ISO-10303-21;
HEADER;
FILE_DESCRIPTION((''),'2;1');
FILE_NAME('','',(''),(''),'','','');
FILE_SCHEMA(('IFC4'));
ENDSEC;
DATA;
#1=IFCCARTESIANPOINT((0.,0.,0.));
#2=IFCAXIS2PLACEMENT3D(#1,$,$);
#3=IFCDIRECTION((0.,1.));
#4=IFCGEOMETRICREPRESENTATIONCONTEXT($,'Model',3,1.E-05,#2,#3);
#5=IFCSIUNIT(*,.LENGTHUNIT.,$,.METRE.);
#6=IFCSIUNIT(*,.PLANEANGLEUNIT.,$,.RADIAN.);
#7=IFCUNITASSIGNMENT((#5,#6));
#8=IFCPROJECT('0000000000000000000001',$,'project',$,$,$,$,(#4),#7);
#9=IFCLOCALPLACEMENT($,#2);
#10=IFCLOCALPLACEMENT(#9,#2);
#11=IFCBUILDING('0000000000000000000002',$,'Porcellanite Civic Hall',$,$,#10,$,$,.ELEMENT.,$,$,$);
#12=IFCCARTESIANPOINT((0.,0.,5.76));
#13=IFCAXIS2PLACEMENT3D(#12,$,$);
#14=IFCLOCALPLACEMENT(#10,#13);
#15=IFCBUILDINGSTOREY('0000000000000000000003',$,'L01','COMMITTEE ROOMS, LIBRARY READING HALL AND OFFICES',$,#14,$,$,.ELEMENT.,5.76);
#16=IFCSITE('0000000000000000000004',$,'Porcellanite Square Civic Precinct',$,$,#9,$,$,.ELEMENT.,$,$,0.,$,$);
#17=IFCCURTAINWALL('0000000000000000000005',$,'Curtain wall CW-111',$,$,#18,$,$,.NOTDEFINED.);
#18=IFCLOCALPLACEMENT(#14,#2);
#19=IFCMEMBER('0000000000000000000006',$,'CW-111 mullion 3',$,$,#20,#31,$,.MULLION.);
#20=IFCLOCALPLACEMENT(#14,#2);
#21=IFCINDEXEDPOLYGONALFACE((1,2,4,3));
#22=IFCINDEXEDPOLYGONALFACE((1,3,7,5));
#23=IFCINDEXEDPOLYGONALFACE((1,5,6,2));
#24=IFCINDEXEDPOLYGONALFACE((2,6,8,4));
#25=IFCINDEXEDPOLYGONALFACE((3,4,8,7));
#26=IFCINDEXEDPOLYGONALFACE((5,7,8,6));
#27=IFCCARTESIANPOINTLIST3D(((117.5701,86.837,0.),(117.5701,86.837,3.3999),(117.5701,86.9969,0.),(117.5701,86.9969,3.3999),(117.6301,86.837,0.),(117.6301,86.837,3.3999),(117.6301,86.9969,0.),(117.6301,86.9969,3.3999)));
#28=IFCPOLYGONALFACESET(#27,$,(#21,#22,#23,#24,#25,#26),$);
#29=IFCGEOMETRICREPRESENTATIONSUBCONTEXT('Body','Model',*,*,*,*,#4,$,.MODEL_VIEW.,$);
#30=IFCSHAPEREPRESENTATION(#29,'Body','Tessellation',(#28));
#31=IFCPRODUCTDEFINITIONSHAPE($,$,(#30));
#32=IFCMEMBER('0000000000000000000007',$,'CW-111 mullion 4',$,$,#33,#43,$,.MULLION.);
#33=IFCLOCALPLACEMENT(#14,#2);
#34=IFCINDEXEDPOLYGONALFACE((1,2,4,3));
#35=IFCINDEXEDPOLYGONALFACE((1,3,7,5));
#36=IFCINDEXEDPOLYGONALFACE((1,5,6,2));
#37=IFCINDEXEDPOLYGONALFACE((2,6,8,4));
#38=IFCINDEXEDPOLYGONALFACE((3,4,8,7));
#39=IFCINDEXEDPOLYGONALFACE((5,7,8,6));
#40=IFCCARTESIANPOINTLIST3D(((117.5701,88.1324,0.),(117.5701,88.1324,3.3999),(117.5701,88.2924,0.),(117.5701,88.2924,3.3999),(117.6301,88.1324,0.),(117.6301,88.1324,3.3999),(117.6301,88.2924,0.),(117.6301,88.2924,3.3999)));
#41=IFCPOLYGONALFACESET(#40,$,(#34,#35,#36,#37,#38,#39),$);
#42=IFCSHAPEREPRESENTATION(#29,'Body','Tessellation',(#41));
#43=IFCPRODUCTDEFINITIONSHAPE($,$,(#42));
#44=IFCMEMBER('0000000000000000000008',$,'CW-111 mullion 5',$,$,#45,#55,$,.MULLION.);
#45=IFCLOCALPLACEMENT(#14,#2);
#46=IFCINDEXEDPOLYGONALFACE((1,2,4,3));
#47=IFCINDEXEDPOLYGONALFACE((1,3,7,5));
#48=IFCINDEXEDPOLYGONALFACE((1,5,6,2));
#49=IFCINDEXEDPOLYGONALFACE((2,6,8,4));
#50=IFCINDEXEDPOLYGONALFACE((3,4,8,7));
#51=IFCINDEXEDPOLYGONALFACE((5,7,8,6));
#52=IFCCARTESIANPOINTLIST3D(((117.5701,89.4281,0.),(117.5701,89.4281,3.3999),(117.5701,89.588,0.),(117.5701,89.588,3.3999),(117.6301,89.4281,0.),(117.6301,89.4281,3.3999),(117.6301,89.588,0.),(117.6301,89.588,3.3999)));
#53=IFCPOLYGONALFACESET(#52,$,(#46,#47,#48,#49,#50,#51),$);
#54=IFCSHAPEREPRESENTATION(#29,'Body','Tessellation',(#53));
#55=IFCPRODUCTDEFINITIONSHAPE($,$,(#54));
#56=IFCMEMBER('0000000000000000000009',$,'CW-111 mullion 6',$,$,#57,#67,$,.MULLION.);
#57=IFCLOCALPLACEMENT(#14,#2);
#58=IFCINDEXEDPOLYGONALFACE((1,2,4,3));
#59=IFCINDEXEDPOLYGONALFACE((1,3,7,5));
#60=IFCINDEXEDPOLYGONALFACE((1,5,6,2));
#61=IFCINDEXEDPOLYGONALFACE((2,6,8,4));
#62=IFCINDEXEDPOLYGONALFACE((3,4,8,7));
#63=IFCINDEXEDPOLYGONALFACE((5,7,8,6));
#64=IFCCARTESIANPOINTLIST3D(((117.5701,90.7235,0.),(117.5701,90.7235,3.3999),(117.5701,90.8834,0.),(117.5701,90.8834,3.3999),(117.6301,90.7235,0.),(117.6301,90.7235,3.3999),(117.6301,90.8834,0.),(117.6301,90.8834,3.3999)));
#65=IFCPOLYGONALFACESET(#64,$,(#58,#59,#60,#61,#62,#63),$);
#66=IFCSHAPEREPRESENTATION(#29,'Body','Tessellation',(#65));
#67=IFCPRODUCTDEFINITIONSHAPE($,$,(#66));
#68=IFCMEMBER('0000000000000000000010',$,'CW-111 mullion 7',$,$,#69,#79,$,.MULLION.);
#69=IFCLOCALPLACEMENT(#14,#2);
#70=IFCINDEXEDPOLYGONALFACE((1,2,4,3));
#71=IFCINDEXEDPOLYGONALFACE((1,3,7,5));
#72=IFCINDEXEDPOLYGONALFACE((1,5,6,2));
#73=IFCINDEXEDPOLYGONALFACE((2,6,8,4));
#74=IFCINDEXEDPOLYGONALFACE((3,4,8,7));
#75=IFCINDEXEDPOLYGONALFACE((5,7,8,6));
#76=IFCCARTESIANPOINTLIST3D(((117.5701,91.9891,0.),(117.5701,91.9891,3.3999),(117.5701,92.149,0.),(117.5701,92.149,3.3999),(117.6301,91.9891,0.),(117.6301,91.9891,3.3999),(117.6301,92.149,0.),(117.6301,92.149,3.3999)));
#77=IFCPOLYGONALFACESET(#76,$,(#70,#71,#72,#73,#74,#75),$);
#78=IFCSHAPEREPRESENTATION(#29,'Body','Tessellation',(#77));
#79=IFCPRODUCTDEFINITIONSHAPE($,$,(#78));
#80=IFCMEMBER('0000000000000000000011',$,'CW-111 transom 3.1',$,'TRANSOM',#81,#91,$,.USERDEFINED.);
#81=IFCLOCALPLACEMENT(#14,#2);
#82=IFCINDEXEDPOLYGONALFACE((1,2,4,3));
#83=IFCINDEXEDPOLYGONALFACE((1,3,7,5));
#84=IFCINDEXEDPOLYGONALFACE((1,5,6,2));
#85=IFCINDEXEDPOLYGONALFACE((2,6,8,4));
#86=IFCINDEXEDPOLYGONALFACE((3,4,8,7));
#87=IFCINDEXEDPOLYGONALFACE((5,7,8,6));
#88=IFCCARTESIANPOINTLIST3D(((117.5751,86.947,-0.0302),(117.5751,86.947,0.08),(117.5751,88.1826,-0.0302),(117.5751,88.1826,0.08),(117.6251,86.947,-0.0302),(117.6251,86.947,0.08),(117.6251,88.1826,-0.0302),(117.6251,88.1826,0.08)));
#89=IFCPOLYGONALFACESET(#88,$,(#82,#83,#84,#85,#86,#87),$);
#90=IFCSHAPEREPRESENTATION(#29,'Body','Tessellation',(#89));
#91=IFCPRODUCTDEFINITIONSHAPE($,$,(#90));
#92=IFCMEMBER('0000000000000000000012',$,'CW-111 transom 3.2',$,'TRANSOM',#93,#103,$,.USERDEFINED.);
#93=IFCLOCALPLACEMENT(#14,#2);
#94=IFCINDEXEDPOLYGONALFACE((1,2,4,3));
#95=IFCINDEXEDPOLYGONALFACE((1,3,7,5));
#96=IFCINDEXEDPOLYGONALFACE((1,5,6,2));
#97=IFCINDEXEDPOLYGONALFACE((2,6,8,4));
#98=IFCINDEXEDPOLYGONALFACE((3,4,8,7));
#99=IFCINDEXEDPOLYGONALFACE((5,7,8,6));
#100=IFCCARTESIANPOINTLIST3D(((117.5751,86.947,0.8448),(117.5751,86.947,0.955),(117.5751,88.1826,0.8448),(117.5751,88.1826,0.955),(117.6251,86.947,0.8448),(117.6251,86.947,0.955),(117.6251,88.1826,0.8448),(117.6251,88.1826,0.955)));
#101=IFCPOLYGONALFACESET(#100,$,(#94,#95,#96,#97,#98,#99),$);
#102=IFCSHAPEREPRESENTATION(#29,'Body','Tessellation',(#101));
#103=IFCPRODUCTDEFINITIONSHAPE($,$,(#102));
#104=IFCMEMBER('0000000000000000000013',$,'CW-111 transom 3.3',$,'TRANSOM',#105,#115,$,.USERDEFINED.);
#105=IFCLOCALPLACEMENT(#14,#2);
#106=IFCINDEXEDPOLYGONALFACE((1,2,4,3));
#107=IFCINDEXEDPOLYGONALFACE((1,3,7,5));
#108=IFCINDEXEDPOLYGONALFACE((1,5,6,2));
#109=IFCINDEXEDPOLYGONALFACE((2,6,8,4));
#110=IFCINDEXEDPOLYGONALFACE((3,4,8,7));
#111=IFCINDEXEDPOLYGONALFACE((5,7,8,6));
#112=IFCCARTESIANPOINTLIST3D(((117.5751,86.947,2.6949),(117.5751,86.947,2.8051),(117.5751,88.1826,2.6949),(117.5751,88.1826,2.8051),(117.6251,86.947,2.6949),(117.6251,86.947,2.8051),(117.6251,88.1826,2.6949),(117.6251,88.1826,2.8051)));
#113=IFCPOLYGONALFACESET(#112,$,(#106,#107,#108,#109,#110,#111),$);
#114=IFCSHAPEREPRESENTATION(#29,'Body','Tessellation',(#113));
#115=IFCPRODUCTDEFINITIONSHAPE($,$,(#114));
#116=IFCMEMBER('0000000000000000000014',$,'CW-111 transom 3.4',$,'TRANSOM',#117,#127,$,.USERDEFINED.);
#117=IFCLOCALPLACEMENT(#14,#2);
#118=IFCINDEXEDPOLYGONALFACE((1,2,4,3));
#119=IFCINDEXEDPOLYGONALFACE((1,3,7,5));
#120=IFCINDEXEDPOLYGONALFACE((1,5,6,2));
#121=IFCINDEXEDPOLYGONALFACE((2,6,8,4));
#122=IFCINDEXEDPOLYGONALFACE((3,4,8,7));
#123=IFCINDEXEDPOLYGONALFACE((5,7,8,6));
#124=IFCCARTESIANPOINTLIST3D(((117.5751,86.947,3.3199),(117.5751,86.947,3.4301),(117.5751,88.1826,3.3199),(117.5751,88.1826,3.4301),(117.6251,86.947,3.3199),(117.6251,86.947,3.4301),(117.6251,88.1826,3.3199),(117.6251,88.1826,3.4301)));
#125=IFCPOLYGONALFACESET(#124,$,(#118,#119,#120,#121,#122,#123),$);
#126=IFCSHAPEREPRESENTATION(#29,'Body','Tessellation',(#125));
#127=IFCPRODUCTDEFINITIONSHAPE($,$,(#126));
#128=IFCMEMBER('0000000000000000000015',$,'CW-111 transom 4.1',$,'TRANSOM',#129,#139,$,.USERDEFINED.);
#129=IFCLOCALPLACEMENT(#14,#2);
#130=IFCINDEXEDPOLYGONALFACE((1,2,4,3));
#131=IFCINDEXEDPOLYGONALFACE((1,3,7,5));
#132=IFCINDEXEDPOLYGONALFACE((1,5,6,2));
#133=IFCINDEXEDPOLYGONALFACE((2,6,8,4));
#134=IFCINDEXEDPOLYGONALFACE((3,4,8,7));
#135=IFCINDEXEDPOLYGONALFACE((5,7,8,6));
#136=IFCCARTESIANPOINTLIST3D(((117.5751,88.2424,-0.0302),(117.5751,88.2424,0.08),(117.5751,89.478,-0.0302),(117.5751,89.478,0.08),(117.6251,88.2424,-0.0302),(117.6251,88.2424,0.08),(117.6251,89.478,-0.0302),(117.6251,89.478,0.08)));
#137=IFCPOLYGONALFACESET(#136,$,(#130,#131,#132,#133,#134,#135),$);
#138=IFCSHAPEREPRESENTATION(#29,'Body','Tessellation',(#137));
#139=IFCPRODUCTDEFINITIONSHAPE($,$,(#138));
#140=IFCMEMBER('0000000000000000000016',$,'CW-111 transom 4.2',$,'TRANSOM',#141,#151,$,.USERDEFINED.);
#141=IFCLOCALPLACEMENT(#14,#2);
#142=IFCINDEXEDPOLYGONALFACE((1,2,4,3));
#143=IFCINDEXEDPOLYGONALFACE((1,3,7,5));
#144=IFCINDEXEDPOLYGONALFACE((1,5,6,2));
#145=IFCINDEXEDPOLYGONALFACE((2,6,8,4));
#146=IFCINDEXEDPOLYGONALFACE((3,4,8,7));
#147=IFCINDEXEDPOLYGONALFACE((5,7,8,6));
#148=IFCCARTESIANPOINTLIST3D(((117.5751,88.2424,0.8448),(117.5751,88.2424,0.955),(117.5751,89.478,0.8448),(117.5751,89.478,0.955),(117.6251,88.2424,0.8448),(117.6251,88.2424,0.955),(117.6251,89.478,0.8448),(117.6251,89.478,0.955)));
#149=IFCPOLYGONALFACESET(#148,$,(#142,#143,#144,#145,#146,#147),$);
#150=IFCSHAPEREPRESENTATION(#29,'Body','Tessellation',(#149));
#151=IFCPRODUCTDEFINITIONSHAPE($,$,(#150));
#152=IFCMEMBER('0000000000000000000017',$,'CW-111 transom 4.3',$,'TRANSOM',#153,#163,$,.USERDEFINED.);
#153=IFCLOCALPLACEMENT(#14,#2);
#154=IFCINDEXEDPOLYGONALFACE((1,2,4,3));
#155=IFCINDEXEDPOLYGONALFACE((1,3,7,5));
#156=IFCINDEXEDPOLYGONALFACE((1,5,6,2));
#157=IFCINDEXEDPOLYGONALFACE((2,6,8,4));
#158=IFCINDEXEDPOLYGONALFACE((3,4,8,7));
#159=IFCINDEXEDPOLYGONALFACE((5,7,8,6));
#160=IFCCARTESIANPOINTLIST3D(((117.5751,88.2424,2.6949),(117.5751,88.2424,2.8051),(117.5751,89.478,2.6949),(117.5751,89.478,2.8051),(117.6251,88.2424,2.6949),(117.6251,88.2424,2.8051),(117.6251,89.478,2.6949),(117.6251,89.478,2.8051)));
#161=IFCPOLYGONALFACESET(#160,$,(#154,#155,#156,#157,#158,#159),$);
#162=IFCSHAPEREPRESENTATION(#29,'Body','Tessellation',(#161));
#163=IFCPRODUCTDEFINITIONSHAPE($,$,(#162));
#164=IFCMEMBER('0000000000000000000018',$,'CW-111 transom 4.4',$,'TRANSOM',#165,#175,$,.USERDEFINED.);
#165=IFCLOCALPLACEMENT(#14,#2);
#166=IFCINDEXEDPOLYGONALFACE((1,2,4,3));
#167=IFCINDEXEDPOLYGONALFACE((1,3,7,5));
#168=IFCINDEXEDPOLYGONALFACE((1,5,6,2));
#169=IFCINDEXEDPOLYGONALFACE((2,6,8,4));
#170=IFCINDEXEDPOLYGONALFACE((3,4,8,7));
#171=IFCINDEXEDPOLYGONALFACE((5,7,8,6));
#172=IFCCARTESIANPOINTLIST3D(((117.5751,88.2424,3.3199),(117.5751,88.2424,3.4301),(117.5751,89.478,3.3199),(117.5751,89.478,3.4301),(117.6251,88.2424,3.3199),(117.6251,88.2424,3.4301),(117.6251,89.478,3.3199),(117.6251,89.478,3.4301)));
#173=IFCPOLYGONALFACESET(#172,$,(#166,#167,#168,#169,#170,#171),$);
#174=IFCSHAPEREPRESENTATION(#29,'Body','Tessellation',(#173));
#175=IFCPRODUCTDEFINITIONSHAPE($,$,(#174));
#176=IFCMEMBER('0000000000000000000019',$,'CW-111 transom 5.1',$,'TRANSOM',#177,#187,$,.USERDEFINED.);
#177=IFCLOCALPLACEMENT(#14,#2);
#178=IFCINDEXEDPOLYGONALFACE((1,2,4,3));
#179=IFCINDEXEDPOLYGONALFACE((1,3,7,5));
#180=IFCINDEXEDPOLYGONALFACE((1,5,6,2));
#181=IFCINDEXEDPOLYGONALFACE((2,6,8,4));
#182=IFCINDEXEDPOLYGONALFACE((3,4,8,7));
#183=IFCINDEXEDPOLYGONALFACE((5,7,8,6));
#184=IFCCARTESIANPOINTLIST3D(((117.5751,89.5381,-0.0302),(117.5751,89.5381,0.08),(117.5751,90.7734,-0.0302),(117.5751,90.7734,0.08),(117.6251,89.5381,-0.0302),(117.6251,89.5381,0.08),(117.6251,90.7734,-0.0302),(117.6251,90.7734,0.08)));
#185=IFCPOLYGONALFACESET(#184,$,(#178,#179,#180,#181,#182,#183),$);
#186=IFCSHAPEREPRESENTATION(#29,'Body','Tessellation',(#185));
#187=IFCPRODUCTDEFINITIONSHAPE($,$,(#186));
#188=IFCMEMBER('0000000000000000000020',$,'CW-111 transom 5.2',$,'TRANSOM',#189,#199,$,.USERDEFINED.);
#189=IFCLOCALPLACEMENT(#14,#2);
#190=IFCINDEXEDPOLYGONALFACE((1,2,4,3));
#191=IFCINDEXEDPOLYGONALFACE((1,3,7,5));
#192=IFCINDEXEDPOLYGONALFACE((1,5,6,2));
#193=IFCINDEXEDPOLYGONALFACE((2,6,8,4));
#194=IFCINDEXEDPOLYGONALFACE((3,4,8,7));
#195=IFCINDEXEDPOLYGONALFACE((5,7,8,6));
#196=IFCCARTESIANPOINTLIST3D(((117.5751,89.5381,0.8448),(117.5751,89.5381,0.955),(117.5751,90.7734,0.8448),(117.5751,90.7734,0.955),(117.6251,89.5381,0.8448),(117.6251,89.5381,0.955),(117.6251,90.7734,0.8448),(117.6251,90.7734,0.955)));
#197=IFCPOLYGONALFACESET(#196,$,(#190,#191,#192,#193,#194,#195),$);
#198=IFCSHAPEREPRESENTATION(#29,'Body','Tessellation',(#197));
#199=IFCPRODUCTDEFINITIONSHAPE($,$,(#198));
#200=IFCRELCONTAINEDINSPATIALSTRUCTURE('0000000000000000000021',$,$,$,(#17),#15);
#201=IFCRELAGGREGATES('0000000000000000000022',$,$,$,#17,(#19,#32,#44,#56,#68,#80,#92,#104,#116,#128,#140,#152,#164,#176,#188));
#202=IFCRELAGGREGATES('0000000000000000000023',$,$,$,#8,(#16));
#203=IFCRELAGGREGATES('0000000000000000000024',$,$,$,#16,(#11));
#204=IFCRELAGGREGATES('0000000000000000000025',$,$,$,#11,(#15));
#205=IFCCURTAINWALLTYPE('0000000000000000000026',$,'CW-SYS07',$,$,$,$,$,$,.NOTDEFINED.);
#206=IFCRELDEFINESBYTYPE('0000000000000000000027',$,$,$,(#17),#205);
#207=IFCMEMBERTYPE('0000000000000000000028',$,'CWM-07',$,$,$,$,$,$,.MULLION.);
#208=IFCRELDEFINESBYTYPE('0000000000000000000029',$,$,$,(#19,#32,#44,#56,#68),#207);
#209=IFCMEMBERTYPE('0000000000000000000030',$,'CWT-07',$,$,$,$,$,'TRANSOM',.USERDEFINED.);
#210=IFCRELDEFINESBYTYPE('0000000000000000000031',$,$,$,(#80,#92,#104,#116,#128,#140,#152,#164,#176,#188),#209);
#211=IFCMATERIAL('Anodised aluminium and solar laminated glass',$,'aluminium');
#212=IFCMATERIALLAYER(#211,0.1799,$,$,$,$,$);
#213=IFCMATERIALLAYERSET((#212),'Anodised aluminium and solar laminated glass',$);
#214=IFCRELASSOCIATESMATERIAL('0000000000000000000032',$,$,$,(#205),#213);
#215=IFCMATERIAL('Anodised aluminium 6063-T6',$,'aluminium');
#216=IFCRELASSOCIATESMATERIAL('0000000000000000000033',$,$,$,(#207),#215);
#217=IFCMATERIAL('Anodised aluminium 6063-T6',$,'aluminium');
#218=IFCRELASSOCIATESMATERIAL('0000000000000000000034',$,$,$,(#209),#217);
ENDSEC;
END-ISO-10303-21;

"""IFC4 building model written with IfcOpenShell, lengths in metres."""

from ifc_helpers import new_model, si_unit, direction, frame, origin, origin_2d, place, context, subcontext, project, spatial, rectangle, extrude, material, layer, layer_set, material_profile, profile_set, type_object, element, aggregate, save


model = new_model("IFC4")

# Units and contexts
model_context = context("Model", 3, precision=1e-05, world=origin(), true_north=direction((0.0, 1.0)))
body_context = subcontext(model_context, "Body", "Model", "MODEL_VIEW")
ifc_project = project(units=[si_unit("LENGTHUNIT", "METRE"), si_unit("PLANEANGLEUNIT", "RADIAN")], contexts=[model_context])

# Site, building, storey
site_placement = place(None, origin())
site = spatial("IfcSite", under=ifc_project, at=site_placement, Name="Porcellanite Square Civic Precinct", CompositionType="ELEMENT", RefElevation=0.0)
building_placement = place(site_placement, origin())
building = spatial("IfcBuilding", under=site, at=building_placement, Name="Porcellanite Civic Hall", CompositionType="ELEMENT")
storey_placement = place(building_placement, frame((0.0, 0.0, 5.76)))
storey = spatial("IfcBuildingStorey", under=building, at=storey_placement, Name="L01", Description="COMMITTEE ROOMS, LIBRARY READING HALL AND OFFICES", CompositionType="ELEMENT", Elevation=5.76)

# Curtain wall, members
ifc_material_1 = material(Name="Anodised aluminium and solar laminated glass", Category="aluminium")
ifc_layer_1 = layer(ifc_material_1, 0.1799)
ifc_layer_set_1 = layer_set([ifc_layer_1], Name="Anodised aluminium and solar laminated glass")
curtain_wall_type = type_object("IfcCurtainWallType", Name="CW-SYS07", PredefinedType="NOTDEFINED", material=ifc_layer_set_1)
curtain_wall_placement = place(storey_placement, origin())
curtain_wall = element("IfcCurtainWall", 1, at=curtain_wall_placement, inside=storey, type_object=curtain_wall_type, Name="Curtain wall CW-111", PredefinedType="NOTDEFINED")
ifc_material_2 = material(Name="Anodised aluminium 6063-T6", Category="aluminium")
ifc_material_profile_1 = material_profile(ifc_material_2, rectangle(XDim=0.0601, YDim=0.1599, at=origin_2d()), Name="AL-60x160")
ifc_profile_set_1 = profile_set([ifc_material_profile_1], Name="Anodised aluminium 6063-T6")
member_type_1 = type_object("IfcMemberType", Name="CWM-07", PredefinedType="MULLION", material=ifc_profile_set_1)
member_1_placement = place(storey_placement, frame((117.6001, 86.917, 0.0), z_axis=(0.0, 0.0, 1.0), x_axis=(-1.0, 0.0, 0.0)))
member_1 = element("IfcMember", 2, at=member_1_placement, type_object=member_type_1, Name="CW-111 mullion 3", PredefinedType="MULLION", context=body_context, shape_type="SweptSolid", body=[
    extrude(rectangle(XDim=0.0601, YDim=0.1599, at=origin_2d()), origin(), (0.0, 0.0, 1.0), 3.3999),
])
member_2_placement = place(storey_placement, frame((117.6001, 88.2124, 0.0), z_axis=(0.0, 0.0, 1.0), x_axis=(-1.0, 0.0, 0.0)))
member_2 = element("IfcMember", 3, at=member_2_placement, type_object=member_type_1, Name="CW-111 mullion 4", PredefinedType="MULLION", context=body_context, shape_type="SweptSolid", body=[
    extrude(rectangle(XDim=0.0601, YDim=0.1599, at=origin_2d()), origin(), (0.0, 0.0, 1.0), 3.3999),
])
member_3_placement = place(storey_placement, frame((117.6001, 89.5081, 0.0), z_axis=(0.0, 0.0, 1.0), x_axis=(-1.0, 0.0, 0.0)))
member_3 = element("IfcMember", 4, at=member_3_placement, type_object=member_type_1, Name="CW-111 mullion 5", PredefinedType="MULLION", context=body_context, shape_type="SweptSolid", body=[
    extrude(rectangle(XDim=0.0601, YDim=0.1599, at=origin_2d()), origin(), (0.0, 0.0, 1.0), 3.3999),
])
member_4_placement = place(storey_placement, frame((117.6001, 90.8035, 0.0), z_axis=(0.0, 0.0, 1.0), x_axis=(-1.0, 0.0, 0.0)))
member_4 = element("IfcMember", 5, at=member_4_placement, type_object=member_type_1, Name="CW-111 mullion 6", PredefinedType="MULLION", context=body_context, shape_type="SweptSolid", body=[
    extrude(rectangle(XDim=0.0601, YDim=0.1599, at=origin_2d()), origin(), (0.0, 0.0, 1.0), 3.3999),
])
member_5_placement = place(storey_placement, frame((117.6001, 92.0691, 0.0), z_axis=(0.0, 0.0, 1.0), x_axis=(-1.0, 0.0, 0.0)))
member_5 = element("IfcMember", 6, at=member_5_placement, type_object=member_type_1, Name="CW-111 mullion 7", PredefinedType="MULLION", context=body_context, shape_type="SweptSolid", body=[
    extrude(rectangle(XDim=0.0601, YDim=0.1599, at=origin_2d()), origin(), (0.0, 0.0, 1.0), 3.3999),
])
ifc_material_3 = material(Name="Anodised aluminium 6063-T6", Category="aluminium")
ifc_material_profile_2 = material_profile(ifc_material_3, rectangle(XDim=0.05, YDim=0.1101, at=origin_2d()), Name="AL-50x110")
ifc_profile_set_2 = profile_set([ifc_material_profile_2], Name="Anodised aluminium 6063-T6")
member_type_2 = type_object("IfcMemberType", Name="CWT-07", ElementType="TRANSOM", PredefinedType="USERDEFINED", material=ifc_profile_set_2)
member_6_placement = place(storey_placement, frame((117.6001, 86.947, 0.0249), z_axis=(0.0, 1.0, 0.0), x_axis=(-1.0, 0.0, 0.0)))
member_6 = element("IfcMember", 7, at=member_6_placement, type_object=member_type_2, Name="CW-111 transom 3.1", ObjectType="TRANSOM", PredefinedType="USERDEFINED", context=body_context, shape_type="SweptSolid", body=[
    extrude(rectangle(XDim=0.05, YDim=0.1101, at=origin_2d()), origin(), (0.0, 0.0, 1.0), 1.2356),
])
member_7_placement = place(storey_placement, frame((117.6001, 86.947, 0.8999), z_axis=(0.0, 1.0, 0.0), x_axis=(-1.0, 0.0, 0.0)))
member_7 = element("IfcMember", 8, at=member_7_placement, type_object=member_type_2, Name="CW-111 transom 3.2", ObjectType="TRANSOM", PredefinedType="USERDEFINED", context=body_context, shape_type="SweptSolid", body=[
    extrude(rectangle(XDim=0.05, YDim=0.1101, at=origin_2d()), origin(), (0.0, 0.0, 1.0), 1.2356),
])
member_8_placement = place(storey_placement, frame((117.6001, 86.947, 2.75), z_axis=(0.0, 1.0, 0.0), x_axis=(-1.0, 0.0, 0.0)))
member_8 = element("IfcMember", 9, at=member_8_placement, type_object=member_type_2, Name="CW-111 transom 3.3", ObjectType="TRANSOM", PredefinedType="USERDEFINED", context=body_context, shape_type="SweptSolid", body=[
    extrude(rectangle(XDim=0.05, YDim=0.1101, at=origin_2d()), origin(), (0.0, 0.0, 1.0), 1.2356),
])
member_9_placement = place(storey_placement, frame((117.6001, 86.947, 3.375), z_axis=(0.0, 1.0, 0.0), x_axis=(-1.0, 0.0, 0.0)))
member_9 = element("IfcMember", 10, at=member_9_placement, type_object=member_type_2, Name="CW-111 transom 3.4", ObjectType="TRANSOM", PredefinedType="USERDEFINED", context=body_context, shape_type="SweptSolid", body=[
    extrude(rectangle(XDim=0.05, YDim=0.1101, at=origin_2d()), origin(), (0.0, 0.0, 1.0), 1.2356),
])
member_10_placement = place(storey_placement, frame((117.6001, 88.2424, 0.0249), z_axis=(0.0, 1.0, 0.0), x_axis=(-1.0, 0.0, 0.0)))
member_10 = element("IfcMember", 11, at=member_10_placement, type_object=member_type_2, Name="CW-111 transom 4.1", ObjectType="TRANSOM", PredefinedType="USERDEFINED", context=body_context, shape_type="SweptSolid", body=[
    extrude(rectangle(XDim=0.05, YDim=0.1101, at=origin_2d()), origin(), (0.0, 0.0, 1.0), 1.2356),
])
member_11_placement = place(storey_placement, frame((117.6001, 88.2424, 0.8999), z_axis=(0.0, 1.0, 0.0), x_axis=(-1.0, 0.0, 0.0)))
member_11 = element("IfcMember", 12, at=member_11_placement, type_object=member_type_2, Name="CW-111 transom 4.2", ObjectType="TRANSOM", PredefinedType="USERDEFINED", context=body_context, shape_type="SweptSolid", body=[
    extrude(rectangle(XDim=0.05, YDim=0.1101, at=origin_2d()), origin(), (0.0, 0.0, 1.0), 1.2356),
])
member_12_placement = place(storey_placement, frame((117.6001, 88.2424, 2.75), z_axis=(0.0, 1.0, 0.0), x_axis=(-1.0, 0.0, 0.0)))
member_12 = element("IfcMember", 13, at=member_12_placement, type_object=member_type_2, Name="CW-111 transom 4.3", ObjectType="TRANSOM", PredefinedType="USERDEFINED", context=body_context, shape_type="SweptSolid", body=[
    extrude(rectangle(XDim=0.05, YDim=0.1101, at=origin_2d()), origin(), (0.0, 0.0, 1.0), 1.2356),
])
member_13_placement = place(storey_placement, frame((117.6001, 88.2424, 3.375), z_axis=(0.0, 1.0, 0.0), x_axis=(-1.0, 0.0, 0.0)))
member_13 = element("IfcMember", 14, at=member_13_placement, type_object=member_type_2, Name="CW-111 transom 4.4", ObjectType="TRANSOM", PredefinedType="USERDEFINED", context=body_context, shape_type="SweptSolid", body=[
    extrude(rectangle(XDim=0.05, YDim=0.1101, at=origin_2d()), origin(), (0.0, 0.0, 1.0), 1.2356),
])
member_14_placement = place(storey_placement, frame((117.6001, 89.5381, 0.0249), z_axis=(0.0, 1.0, 0.0), x_axis=(-1.0, 0.0, 0.0)))
member_14 = element("IfcMember", 15, at=member_14_placement, type_object=member_type_2, Name="CW-111 transom 5.1", ObjectType="TRANSOM", PredefinedType="USERDEFINED", context=body_context, shape_type="SweptSolid", body=[
    extrude(rectangle(XDim=0.05, YDim=0.1101, at=origin_2d()), origin(), (0.0, 0.0, 1.0), 1.2354),
])
member_15_placement = place(storey_placement, frame((117.6001, 89.5381, 0.8999), z_axis=(0.0, 1.0, 0.0), x_axis=(-1.0, 0.0, 0.0)))
member_15 = element("IfcMember", 16, at=member_15_placement, type_object=member_type_2, Name="CW-111 transom 5.2", ObjectType="TRANSOM", PredefinedType="USERDEFINED", context=body_context, shape_type="SweptSolid", body=[
    extrude(rectangle(XDim=0.05, YDim=0.1101, at=origin_2d()), origin(), (0.0, 0.0, 1.0), 1.2354),
])
aggregate(curtain_wall, [member_1, member_2, member_3, member_4, member_5, member_6, member_7, member_8, member_9, member_10, member_11, member_12, member_13, member_14, member_15])

save(model, "model.ifc")
